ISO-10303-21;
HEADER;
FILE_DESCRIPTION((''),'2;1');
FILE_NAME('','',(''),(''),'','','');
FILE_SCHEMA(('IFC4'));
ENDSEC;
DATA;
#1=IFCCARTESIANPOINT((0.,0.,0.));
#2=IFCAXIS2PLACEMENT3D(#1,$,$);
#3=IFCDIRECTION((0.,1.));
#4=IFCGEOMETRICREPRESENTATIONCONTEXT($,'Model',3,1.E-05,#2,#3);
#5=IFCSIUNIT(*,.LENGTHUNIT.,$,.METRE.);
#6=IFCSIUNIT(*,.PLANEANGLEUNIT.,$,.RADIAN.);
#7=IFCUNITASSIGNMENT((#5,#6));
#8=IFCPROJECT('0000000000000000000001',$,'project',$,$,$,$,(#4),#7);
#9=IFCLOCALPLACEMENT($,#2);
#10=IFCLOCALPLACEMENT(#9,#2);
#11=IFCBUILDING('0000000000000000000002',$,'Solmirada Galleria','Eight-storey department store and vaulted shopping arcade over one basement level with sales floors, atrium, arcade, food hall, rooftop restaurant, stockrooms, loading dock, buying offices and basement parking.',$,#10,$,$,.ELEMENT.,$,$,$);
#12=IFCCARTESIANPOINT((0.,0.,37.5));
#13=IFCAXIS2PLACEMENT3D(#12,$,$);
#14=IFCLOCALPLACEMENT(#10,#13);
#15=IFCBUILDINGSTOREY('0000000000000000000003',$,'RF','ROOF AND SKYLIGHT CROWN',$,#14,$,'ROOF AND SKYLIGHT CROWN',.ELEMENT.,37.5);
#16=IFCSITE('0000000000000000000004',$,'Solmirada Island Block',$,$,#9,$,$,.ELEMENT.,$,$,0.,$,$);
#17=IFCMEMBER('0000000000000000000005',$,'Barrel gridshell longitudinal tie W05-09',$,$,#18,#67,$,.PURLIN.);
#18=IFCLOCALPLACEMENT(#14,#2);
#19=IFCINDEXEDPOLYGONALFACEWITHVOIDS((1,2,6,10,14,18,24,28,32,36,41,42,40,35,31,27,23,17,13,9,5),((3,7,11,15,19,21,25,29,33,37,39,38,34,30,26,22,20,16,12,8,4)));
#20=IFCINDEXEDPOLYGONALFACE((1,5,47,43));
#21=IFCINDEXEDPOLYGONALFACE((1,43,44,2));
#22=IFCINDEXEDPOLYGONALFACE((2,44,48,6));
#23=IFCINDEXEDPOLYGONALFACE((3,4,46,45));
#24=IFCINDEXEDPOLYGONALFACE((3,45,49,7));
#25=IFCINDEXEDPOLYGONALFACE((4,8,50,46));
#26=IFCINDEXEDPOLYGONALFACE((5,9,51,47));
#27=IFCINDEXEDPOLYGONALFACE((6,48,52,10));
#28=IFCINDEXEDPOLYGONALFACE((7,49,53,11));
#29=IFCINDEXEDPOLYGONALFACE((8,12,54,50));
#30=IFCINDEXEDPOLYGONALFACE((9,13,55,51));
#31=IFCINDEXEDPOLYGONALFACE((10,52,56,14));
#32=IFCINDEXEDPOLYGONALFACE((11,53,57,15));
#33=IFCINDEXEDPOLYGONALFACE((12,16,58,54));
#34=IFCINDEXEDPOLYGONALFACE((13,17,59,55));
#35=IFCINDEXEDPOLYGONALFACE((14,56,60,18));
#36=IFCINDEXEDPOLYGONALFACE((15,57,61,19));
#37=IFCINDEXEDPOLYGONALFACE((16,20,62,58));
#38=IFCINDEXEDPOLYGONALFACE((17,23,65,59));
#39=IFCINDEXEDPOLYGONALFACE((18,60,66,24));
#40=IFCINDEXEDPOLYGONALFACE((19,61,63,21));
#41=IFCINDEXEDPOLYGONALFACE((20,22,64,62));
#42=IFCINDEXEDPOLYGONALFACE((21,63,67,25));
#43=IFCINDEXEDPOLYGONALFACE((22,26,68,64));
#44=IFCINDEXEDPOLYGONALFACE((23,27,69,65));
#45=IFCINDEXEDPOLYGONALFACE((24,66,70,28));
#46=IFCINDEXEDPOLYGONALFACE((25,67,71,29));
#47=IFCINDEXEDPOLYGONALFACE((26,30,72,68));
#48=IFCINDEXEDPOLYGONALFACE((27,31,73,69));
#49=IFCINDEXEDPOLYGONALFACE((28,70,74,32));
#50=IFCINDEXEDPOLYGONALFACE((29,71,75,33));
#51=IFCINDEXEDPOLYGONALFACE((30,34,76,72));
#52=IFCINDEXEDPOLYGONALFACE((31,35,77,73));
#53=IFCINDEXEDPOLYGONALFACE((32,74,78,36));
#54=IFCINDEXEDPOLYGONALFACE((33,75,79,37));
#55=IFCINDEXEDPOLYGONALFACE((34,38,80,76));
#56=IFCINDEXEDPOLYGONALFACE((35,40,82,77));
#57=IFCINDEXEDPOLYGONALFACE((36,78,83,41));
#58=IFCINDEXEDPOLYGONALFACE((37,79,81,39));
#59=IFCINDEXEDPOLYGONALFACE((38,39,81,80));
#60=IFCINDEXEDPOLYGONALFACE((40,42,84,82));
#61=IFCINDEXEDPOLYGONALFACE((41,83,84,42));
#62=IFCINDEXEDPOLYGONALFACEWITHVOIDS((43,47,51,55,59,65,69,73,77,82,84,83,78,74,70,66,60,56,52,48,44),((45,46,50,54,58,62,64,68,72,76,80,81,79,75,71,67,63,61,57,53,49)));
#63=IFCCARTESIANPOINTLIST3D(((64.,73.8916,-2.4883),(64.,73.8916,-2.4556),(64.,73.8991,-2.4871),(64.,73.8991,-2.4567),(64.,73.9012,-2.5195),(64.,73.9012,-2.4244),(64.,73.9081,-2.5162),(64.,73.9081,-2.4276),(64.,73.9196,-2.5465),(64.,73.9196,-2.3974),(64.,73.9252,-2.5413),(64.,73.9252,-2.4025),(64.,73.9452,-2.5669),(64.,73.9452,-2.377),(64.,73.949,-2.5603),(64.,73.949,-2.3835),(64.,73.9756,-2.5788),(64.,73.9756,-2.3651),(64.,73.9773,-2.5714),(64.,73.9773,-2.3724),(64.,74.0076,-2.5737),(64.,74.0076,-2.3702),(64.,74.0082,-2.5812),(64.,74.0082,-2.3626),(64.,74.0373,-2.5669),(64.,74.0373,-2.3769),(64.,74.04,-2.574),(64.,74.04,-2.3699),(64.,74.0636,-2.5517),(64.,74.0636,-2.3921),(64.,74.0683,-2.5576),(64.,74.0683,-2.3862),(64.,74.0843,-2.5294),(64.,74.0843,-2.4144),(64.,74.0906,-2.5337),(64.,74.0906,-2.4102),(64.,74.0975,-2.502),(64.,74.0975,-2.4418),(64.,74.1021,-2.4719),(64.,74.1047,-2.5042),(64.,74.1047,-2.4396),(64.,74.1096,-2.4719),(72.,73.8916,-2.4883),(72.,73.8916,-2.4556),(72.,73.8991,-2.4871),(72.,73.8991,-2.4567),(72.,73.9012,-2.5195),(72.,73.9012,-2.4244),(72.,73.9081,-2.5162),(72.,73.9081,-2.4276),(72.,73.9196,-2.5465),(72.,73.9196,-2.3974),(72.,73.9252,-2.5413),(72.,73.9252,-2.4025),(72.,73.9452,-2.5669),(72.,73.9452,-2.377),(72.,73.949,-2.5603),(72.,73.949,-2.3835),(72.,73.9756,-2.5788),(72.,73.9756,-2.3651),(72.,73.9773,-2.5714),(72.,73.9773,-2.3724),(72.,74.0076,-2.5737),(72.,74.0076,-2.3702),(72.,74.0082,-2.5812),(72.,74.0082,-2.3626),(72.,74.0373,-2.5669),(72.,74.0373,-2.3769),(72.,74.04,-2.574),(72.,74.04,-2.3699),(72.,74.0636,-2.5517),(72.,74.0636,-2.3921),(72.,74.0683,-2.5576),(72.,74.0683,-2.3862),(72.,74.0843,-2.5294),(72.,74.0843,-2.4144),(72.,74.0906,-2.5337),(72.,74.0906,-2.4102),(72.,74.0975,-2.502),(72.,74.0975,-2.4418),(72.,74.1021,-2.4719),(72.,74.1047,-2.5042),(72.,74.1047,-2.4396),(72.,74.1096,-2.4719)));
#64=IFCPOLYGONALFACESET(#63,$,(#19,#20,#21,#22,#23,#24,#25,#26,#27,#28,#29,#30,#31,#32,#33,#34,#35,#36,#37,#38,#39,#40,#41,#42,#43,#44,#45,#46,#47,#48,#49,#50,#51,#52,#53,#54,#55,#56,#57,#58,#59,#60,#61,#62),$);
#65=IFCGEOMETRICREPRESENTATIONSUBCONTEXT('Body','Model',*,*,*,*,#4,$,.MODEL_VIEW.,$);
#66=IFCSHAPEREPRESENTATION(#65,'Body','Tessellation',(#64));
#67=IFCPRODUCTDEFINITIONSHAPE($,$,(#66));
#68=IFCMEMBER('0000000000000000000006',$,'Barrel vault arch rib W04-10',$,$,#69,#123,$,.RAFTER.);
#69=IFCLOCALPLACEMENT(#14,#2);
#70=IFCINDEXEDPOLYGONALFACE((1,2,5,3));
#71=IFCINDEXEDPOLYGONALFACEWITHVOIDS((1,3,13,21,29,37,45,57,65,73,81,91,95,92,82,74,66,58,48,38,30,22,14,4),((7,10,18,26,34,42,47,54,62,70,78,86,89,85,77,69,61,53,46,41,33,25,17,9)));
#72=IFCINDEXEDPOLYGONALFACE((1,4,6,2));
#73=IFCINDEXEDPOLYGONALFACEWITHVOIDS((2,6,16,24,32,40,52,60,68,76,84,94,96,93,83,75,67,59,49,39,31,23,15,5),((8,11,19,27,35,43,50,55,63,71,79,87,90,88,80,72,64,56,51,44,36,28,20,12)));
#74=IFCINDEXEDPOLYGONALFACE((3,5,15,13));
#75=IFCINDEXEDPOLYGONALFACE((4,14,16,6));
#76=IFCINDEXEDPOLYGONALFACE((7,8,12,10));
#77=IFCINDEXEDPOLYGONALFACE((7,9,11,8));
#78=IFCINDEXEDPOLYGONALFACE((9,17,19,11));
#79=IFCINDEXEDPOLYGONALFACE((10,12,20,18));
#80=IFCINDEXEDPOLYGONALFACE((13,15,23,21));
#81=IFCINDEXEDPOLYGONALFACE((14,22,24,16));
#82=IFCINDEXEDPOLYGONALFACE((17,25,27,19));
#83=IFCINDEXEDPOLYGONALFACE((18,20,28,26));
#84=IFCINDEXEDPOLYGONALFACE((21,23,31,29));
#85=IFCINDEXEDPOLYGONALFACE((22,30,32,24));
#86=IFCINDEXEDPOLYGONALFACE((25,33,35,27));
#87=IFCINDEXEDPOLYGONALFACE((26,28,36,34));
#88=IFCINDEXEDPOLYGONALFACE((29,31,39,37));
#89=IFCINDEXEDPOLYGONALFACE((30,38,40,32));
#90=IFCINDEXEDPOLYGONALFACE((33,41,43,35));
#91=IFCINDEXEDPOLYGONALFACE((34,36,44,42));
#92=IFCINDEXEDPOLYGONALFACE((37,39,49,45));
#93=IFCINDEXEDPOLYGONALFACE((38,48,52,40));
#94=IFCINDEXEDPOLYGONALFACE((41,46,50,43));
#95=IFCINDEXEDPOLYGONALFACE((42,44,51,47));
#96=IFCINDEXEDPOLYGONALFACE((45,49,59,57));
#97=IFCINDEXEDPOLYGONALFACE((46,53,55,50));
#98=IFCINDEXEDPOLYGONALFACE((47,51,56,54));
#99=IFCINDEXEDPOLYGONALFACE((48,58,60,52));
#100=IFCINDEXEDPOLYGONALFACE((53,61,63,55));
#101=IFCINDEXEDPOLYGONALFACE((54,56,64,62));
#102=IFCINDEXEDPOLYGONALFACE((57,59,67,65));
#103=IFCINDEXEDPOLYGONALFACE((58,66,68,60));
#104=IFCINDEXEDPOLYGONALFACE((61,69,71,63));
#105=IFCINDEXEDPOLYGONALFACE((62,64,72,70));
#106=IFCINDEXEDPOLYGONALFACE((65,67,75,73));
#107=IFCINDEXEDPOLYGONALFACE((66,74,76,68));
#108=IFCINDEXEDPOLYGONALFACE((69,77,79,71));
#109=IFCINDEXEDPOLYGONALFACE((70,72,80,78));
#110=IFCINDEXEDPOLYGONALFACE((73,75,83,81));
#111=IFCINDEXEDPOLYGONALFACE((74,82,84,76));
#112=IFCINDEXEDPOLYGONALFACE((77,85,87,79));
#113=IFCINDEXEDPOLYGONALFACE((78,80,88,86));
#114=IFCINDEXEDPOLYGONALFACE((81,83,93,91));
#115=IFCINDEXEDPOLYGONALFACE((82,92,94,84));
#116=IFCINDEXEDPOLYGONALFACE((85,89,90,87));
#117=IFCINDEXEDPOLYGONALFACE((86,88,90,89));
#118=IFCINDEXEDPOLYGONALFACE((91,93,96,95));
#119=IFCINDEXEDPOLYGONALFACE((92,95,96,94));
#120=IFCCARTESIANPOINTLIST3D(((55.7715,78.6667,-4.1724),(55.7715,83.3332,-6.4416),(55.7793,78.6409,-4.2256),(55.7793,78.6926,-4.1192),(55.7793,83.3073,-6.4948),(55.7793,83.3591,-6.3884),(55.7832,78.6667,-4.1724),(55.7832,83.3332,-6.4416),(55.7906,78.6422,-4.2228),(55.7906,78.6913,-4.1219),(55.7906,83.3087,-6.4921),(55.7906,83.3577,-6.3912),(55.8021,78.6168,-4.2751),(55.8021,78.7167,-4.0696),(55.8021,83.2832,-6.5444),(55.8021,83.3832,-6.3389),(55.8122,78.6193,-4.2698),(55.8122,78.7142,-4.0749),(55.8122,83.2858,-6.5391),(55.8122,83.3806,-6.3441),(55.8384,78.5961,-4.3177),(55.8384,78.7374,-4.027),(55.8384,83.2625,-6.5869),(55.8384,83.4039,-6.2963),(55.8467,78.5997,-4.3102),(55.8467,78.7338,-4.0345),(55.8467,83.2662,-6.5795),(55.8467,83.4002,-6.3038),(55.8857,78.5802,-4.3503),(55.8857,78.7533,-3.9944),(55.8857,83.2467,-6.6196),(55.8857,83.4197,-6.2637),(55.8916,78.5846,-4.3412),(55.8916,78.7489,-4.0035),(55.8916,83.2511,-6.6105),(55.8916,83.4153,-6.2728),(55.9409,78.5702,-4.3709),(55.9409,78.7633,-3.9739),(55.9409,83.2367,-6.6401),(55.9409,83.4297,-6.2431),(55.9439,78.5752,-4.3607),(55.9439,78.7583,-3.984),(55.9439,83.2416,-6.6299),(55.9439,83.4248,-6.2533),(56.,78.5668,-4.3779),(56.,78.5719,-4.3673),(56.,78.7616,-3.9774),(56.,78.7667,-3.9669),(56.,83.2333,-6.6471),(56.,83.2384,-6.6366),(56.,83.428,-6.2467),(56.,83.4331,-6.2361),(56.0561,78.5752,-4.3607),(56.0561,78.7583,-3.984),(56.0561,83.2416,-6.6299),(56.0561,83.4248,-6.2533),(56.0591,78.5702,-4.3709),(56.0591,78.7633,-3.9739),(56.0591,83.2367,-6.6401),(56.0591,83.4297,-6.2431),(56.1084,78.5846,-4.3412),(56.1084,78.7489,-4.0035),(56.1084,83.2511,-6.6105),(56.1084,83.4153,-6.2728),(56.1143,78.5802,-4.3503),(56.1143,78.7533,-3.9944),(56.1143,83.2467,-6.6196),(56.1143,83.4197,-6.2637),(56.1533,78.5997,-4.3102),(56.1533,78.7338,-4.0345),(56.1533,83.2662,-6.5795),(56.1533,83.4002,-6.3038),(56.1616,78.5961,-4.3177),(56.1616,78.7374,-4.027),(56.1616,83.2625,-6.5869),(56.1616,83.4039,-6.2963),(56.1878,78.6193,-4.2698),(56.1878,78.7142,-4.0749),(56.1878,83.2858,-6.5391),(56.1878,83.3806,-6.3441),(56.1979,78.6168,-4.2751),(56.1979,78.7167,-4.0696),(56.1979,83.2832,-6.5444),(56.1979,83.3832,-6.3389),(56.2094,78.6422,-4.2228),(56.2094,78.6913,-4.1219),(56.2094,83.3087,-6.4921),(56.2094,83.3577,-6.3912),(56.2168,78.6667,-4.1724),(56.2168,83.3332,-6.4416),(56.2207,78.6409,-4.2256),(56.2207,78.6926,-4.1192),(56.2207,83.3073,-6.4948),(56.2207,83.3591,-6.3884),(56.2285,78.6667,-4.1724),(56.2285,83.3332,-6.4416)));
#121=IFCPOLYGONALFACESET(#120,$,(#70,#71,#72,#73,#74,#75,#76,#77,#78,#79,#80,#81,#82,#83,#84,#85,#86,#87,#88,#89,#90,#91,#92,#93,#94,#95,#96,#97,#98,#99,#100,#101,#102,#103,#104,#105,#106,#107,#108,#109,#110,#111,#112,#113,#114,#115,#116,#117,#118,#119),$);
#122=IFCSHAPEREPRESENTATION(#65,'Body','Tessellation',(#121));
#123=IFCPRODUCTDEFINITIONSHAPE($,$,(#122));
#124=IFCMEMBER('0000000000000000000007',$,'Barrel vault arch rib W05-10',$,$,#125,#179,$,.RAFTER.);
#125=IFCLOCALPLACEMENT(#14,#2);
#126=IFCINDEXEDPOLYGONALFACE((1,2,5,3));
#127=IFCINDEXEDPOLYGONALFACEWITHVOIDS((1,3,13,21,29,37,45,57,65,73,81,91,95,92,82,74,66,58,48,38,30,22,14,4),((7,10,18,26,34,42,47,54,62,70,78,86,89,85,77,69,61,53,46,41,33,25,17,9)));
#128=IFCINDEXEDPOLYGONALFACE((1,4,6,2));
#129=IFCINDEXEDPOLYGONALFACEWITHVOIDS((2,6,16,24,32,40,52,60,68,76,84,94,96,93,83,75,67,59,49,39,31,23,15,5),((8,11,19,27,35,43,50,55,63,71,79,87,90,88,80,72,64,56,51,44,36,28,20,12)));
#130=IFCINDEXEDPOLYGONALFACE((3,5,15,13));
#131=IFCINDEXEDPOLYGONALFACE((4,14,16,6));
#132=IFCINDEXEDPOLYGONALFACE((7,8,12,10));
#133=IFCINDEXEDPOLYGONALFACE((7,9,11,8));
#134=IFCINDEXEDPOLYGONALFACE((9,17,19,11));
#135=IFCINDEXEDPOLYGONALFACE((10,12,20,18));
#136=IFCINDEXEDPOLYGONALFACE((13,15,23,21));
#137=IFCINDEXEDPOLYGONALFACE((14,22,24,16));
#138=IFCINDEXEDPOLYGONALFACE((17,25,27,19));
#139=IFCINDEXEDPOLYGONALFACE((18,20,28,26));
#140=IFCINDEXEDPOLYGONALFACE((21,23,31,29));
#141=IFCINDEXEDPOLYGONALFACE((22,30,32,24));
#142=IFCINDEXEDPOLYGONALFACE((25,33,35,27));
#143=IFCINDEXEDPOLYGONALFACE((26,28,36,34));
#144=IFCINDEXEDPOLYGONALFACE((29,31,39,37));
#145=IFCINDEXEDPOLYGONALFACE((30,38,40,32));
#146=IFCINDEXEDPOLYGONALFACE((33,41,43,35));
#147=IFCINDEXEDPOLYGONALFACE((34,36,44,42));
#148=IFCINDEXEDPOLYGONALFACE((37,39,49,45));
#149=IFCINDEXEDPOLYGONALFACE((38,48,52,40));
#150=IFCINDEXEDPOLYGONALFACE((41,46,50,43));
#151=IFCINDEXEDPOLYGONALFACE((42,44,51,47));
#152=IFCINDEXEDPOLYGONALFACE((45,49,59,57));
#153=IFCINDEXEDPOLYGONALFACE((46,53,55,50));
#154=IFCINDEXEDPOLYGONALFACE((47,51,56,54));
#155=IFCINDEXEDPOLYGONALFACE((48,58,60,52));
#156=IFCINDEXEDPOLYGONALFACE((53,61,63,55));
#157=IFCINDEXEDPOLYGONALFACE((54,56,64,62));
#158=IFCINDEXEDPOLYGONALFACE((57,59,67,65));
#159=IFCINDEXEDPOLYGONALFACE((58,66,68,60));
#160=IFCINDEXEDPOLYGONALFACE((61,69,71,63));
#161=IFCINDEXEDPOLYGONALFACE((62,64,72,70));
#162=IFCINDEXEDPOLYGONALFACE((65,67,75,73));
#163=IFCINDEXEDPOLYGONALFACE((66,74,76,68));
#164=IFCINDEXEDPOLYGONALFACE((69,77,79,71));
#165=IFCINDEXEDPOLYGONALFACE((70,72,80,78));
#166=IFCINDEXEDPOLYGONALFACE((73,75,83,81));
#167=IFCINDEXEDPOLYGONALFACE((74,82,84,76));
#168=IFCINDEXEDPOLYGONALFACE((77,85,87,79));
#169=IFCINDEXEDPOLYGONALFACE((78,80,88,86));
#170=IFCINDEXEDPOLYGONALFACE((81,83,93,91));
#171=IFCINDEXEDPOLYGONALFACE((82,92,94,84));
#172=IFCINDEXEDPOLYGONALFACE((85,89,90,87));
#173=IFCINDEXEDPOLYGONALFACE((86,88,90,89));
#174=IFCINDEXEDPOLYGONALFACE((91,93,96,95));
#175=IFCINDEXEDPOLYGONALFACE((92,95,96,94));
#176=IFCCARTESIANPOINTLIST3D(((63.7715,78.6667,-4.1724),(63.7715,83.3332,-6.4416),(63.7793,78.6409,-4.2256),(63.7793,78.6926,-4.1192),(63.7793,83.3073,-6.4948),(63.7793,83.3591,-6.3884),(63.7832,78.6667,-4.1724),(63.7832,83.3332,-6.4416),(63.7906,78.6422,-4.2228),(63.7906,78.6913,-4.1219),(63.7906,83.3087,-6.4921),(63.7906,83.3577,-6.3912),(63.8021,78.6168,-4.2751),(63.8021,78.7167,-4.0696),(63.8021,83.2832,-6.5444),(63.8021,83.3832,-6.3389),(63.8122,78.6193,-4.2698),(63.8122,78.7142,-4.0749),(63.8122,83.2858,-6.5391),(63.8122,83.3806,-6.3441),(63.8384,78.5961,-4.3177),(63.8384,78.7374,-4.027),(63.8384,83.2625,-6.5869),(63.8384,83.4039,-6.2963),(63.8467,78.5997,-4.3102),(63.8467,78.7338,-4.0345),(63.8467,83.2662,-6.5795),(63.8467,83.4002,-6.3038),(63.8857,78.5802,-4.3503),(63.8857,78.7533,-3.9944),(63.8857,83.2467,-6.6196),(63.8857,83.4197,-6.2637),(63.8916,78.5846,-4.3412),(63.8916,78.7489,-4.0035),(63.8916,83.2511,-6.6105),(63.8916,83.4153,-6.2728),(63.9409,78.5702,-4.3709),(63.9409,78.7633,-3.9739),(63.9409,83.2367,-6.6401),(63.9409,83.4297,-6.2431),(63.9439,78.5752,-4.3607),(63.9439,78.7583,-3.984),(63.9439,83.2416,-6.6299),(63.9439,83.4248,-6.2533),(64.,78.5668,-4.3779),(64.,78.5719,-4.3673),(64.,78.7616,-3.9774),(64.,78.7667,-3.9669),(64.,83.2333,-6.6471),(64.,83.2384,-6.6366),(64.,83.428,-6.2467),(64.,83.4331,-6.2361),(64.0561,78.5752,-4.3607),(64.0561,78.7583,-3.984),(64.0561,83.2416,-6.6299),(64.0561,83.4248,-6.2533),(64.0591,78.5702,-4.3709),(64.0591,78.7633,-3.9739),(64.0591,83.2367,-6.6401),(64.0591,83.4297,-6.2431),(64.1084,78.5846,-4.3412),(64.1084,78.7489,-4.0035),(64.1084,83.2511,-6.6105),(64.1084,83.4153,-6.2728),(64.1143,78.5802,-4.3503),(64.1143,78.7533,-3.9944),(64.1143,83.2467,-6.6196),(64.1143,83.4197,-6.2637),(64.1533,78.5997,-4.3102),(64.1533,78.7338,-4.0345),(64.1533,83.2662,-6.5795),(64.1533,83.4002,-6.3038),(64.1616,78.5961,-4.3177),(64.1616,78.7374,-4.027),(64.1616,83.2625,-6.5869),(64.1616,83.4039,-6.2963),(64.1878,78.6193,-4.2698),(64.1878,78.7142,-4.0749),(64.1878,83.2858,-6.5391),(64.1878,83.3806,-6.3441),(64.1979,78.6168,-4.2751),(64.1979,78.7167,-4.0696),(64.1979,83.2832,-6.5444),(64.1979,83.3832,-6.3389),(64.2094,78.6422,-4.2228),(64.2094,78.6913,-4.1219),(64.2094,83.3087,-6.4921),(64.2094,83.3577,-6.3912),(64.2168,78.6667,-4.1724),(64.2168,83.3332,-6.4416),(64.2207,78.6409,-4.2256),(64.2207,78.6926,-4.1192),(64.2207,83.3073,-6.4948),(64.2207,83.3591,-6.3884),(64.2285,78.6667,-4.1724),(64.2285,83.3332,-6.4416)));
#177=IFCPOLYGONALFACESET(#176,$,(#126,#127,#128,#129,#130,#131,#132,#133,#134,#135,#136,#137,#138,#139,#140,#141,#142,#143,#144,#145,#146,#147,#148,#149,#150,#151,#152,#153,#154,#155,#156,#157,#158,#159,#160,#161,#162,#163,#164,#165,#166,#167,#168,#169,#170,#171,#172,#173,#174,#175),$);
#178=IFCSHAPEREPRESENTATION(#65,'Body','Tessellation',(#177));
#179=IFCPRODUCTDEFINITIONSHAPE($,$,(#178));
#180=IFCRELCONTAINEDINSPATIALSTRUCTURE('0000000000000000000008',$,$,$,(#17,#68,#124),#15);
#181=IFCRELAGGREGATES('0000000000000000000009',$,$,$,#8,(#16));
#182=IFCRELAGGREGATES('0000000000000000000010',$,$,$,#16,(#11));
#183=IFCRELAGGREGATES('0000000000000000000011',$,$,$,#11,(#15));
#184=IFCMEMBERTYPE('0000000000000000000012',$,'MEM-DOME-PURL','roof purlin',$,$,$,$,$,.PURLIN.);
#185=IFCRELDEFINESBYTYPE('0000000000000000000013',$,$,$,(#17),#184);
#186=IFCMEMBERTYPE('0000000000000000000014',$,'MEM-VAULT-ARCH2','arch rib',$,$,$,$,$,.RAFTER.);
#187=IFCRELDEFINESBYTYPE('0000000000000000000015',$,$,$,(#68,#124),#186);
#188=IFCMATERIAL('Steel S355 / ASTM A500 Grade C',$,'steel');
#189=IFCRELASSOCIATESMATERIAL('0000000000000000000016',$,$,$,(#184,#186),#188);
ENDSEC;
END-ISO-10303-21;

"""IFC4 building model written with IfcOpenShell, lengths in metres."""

from ifc_helpers import new_model, si_unit, direction, frame, origin, origin_2d, place, context, subcontext, project, spatial, hollow_circle, extrude, material, material_profile, profile_set, type_object, element, save


model = new_model("IFC4")

# Units and contexts
model_context = context("Model", 3, precision=1e-05, world=origin(), true_north=direction((0.0, 1.0)))
body_context = subcontext(model_context, "Body", "Model", "MODEL_VIEW")
ifc_project = project(units=[si_unit("LENGTHUNIT", "METRE"), si_unit("PLANEANGLEUNIT", "RADIAN")], contexts=[model_context])

# Site, building, storey
site_placement = place(None, origin())
site = spatial("IfcSite", under=ifc_project, at=site_placement, Name="Solmirada Island Block", CompositionType="ELEMENT", RefElevation=0.0)
building_placement = place(site_placement, origin())
building = spatial("IfcBuilding", under=site, at=building_placement, Name="Solmirada Galleria", Description="Eight-storey department store and vaulted shopping arcade over one basement level with sales floors, atrium, arcade, food hall, rooftop restaurant, stockrooms, loading dock, buying offices and basement parking.", CompositionType="ELEMENT")
storey_placement = place(building_placement, frame((0.0, 0.0, 37.5)))
storey = spatial("IfcBuildingStorey", under=building, at=storey_placement, Name="RF", Description="ROOF AND SKYLIGHT CROWN", LongName="ROOF AND SKYLIGHT CROWN", CompositionType="ELEMENT", Elevation=37.5)

# Members
ifc_material_1 = material(Name="Steel S355 / ASTM A500 Grade C", Category="steel")
ifc_material_profile_1 = material_profile(ifc_material_1, hollow_circle(Radius=0.1096, WallThickness=0.0076, at=origin_2d()), Name="HSS8.625X0.322")
ifc_profile_set_1 = profile_set([ifc_material_profile_1], Name="Steel S355 / ASTM A500 Grade C")
member_type_1 = type_object("IfcMemberType", Name="MEM-DOME-PURL", Description="roof purlin", PredefinedType="PURLIN", material=ifc_profile_set_1)
member_1_placement = place(storey_placement, frame((64.0, 74.0, -2.4719), z_axis=(1.0, 0.0, 0.0), x_axis=(0.0, 1.0, 0.0)))
element("IfcMember", 1, at=member_1_placement, inside=storey, type_object=member_type_1, Name="Barrel gridshell longitudinal tie W05-09", PredefinedType="PURLIN", context=body_context, shape_type="SweptSolid", body=[
    extrude(hollow_circle(Radius=0.1096, WallThickness=0.0076, at=origin_2d()), origin(), (0.0, 0.0, 1.0), 8.0),
])
ifc_material_profile_2 = material_profile(ifc_material_1, hollow_circle(Radius=0.2285, WallThickness=0.0117, at=origin_2d()), Name="HSS18.000X0.500")
ifc_profile_set_2 = profile_set([ifc_material_profile_2], Name="Steel S355 / ASTM A500 Grade C")
member_type_2 = type_object("IfcMemberType", Name="MEM-VAULT-ARCH2", Description="arch rib", PredefinedType="RAFTER", material=ifc_profile_set_2)
for number, where, z_axis, x_axis, name in (
    (2, (56.0, 78.6667, -4.1724), (0.0, 0.899304, -0.437325), (-1.0, 0.0, 0.0), "Barrel vault arch rib W04-10"),
    (3, (64.0, 78.6667, -4.1724), (0.0, 0.899304, -0.437325), (-1.0, 0.0, 0.0), "Barrel vault arch rib W05-10"),
):
    element("IfcMember", number, at=place(storey_placement, frame(where, z_axis=z_axis, x_axis=x_axis)), inside=storey, type_object=member_type_2, Name=name, PredefinedType="RAFTER", context=body_context, shape_type="SweptSolid", body=[
        extrude(hollow_circle(Radius=0.2285, WallThickness=0.0117, at=origin_2d()), origin(), (0.0, 0.0, 1.0), 5.189),
    ])

save(model, "model.ifc")
